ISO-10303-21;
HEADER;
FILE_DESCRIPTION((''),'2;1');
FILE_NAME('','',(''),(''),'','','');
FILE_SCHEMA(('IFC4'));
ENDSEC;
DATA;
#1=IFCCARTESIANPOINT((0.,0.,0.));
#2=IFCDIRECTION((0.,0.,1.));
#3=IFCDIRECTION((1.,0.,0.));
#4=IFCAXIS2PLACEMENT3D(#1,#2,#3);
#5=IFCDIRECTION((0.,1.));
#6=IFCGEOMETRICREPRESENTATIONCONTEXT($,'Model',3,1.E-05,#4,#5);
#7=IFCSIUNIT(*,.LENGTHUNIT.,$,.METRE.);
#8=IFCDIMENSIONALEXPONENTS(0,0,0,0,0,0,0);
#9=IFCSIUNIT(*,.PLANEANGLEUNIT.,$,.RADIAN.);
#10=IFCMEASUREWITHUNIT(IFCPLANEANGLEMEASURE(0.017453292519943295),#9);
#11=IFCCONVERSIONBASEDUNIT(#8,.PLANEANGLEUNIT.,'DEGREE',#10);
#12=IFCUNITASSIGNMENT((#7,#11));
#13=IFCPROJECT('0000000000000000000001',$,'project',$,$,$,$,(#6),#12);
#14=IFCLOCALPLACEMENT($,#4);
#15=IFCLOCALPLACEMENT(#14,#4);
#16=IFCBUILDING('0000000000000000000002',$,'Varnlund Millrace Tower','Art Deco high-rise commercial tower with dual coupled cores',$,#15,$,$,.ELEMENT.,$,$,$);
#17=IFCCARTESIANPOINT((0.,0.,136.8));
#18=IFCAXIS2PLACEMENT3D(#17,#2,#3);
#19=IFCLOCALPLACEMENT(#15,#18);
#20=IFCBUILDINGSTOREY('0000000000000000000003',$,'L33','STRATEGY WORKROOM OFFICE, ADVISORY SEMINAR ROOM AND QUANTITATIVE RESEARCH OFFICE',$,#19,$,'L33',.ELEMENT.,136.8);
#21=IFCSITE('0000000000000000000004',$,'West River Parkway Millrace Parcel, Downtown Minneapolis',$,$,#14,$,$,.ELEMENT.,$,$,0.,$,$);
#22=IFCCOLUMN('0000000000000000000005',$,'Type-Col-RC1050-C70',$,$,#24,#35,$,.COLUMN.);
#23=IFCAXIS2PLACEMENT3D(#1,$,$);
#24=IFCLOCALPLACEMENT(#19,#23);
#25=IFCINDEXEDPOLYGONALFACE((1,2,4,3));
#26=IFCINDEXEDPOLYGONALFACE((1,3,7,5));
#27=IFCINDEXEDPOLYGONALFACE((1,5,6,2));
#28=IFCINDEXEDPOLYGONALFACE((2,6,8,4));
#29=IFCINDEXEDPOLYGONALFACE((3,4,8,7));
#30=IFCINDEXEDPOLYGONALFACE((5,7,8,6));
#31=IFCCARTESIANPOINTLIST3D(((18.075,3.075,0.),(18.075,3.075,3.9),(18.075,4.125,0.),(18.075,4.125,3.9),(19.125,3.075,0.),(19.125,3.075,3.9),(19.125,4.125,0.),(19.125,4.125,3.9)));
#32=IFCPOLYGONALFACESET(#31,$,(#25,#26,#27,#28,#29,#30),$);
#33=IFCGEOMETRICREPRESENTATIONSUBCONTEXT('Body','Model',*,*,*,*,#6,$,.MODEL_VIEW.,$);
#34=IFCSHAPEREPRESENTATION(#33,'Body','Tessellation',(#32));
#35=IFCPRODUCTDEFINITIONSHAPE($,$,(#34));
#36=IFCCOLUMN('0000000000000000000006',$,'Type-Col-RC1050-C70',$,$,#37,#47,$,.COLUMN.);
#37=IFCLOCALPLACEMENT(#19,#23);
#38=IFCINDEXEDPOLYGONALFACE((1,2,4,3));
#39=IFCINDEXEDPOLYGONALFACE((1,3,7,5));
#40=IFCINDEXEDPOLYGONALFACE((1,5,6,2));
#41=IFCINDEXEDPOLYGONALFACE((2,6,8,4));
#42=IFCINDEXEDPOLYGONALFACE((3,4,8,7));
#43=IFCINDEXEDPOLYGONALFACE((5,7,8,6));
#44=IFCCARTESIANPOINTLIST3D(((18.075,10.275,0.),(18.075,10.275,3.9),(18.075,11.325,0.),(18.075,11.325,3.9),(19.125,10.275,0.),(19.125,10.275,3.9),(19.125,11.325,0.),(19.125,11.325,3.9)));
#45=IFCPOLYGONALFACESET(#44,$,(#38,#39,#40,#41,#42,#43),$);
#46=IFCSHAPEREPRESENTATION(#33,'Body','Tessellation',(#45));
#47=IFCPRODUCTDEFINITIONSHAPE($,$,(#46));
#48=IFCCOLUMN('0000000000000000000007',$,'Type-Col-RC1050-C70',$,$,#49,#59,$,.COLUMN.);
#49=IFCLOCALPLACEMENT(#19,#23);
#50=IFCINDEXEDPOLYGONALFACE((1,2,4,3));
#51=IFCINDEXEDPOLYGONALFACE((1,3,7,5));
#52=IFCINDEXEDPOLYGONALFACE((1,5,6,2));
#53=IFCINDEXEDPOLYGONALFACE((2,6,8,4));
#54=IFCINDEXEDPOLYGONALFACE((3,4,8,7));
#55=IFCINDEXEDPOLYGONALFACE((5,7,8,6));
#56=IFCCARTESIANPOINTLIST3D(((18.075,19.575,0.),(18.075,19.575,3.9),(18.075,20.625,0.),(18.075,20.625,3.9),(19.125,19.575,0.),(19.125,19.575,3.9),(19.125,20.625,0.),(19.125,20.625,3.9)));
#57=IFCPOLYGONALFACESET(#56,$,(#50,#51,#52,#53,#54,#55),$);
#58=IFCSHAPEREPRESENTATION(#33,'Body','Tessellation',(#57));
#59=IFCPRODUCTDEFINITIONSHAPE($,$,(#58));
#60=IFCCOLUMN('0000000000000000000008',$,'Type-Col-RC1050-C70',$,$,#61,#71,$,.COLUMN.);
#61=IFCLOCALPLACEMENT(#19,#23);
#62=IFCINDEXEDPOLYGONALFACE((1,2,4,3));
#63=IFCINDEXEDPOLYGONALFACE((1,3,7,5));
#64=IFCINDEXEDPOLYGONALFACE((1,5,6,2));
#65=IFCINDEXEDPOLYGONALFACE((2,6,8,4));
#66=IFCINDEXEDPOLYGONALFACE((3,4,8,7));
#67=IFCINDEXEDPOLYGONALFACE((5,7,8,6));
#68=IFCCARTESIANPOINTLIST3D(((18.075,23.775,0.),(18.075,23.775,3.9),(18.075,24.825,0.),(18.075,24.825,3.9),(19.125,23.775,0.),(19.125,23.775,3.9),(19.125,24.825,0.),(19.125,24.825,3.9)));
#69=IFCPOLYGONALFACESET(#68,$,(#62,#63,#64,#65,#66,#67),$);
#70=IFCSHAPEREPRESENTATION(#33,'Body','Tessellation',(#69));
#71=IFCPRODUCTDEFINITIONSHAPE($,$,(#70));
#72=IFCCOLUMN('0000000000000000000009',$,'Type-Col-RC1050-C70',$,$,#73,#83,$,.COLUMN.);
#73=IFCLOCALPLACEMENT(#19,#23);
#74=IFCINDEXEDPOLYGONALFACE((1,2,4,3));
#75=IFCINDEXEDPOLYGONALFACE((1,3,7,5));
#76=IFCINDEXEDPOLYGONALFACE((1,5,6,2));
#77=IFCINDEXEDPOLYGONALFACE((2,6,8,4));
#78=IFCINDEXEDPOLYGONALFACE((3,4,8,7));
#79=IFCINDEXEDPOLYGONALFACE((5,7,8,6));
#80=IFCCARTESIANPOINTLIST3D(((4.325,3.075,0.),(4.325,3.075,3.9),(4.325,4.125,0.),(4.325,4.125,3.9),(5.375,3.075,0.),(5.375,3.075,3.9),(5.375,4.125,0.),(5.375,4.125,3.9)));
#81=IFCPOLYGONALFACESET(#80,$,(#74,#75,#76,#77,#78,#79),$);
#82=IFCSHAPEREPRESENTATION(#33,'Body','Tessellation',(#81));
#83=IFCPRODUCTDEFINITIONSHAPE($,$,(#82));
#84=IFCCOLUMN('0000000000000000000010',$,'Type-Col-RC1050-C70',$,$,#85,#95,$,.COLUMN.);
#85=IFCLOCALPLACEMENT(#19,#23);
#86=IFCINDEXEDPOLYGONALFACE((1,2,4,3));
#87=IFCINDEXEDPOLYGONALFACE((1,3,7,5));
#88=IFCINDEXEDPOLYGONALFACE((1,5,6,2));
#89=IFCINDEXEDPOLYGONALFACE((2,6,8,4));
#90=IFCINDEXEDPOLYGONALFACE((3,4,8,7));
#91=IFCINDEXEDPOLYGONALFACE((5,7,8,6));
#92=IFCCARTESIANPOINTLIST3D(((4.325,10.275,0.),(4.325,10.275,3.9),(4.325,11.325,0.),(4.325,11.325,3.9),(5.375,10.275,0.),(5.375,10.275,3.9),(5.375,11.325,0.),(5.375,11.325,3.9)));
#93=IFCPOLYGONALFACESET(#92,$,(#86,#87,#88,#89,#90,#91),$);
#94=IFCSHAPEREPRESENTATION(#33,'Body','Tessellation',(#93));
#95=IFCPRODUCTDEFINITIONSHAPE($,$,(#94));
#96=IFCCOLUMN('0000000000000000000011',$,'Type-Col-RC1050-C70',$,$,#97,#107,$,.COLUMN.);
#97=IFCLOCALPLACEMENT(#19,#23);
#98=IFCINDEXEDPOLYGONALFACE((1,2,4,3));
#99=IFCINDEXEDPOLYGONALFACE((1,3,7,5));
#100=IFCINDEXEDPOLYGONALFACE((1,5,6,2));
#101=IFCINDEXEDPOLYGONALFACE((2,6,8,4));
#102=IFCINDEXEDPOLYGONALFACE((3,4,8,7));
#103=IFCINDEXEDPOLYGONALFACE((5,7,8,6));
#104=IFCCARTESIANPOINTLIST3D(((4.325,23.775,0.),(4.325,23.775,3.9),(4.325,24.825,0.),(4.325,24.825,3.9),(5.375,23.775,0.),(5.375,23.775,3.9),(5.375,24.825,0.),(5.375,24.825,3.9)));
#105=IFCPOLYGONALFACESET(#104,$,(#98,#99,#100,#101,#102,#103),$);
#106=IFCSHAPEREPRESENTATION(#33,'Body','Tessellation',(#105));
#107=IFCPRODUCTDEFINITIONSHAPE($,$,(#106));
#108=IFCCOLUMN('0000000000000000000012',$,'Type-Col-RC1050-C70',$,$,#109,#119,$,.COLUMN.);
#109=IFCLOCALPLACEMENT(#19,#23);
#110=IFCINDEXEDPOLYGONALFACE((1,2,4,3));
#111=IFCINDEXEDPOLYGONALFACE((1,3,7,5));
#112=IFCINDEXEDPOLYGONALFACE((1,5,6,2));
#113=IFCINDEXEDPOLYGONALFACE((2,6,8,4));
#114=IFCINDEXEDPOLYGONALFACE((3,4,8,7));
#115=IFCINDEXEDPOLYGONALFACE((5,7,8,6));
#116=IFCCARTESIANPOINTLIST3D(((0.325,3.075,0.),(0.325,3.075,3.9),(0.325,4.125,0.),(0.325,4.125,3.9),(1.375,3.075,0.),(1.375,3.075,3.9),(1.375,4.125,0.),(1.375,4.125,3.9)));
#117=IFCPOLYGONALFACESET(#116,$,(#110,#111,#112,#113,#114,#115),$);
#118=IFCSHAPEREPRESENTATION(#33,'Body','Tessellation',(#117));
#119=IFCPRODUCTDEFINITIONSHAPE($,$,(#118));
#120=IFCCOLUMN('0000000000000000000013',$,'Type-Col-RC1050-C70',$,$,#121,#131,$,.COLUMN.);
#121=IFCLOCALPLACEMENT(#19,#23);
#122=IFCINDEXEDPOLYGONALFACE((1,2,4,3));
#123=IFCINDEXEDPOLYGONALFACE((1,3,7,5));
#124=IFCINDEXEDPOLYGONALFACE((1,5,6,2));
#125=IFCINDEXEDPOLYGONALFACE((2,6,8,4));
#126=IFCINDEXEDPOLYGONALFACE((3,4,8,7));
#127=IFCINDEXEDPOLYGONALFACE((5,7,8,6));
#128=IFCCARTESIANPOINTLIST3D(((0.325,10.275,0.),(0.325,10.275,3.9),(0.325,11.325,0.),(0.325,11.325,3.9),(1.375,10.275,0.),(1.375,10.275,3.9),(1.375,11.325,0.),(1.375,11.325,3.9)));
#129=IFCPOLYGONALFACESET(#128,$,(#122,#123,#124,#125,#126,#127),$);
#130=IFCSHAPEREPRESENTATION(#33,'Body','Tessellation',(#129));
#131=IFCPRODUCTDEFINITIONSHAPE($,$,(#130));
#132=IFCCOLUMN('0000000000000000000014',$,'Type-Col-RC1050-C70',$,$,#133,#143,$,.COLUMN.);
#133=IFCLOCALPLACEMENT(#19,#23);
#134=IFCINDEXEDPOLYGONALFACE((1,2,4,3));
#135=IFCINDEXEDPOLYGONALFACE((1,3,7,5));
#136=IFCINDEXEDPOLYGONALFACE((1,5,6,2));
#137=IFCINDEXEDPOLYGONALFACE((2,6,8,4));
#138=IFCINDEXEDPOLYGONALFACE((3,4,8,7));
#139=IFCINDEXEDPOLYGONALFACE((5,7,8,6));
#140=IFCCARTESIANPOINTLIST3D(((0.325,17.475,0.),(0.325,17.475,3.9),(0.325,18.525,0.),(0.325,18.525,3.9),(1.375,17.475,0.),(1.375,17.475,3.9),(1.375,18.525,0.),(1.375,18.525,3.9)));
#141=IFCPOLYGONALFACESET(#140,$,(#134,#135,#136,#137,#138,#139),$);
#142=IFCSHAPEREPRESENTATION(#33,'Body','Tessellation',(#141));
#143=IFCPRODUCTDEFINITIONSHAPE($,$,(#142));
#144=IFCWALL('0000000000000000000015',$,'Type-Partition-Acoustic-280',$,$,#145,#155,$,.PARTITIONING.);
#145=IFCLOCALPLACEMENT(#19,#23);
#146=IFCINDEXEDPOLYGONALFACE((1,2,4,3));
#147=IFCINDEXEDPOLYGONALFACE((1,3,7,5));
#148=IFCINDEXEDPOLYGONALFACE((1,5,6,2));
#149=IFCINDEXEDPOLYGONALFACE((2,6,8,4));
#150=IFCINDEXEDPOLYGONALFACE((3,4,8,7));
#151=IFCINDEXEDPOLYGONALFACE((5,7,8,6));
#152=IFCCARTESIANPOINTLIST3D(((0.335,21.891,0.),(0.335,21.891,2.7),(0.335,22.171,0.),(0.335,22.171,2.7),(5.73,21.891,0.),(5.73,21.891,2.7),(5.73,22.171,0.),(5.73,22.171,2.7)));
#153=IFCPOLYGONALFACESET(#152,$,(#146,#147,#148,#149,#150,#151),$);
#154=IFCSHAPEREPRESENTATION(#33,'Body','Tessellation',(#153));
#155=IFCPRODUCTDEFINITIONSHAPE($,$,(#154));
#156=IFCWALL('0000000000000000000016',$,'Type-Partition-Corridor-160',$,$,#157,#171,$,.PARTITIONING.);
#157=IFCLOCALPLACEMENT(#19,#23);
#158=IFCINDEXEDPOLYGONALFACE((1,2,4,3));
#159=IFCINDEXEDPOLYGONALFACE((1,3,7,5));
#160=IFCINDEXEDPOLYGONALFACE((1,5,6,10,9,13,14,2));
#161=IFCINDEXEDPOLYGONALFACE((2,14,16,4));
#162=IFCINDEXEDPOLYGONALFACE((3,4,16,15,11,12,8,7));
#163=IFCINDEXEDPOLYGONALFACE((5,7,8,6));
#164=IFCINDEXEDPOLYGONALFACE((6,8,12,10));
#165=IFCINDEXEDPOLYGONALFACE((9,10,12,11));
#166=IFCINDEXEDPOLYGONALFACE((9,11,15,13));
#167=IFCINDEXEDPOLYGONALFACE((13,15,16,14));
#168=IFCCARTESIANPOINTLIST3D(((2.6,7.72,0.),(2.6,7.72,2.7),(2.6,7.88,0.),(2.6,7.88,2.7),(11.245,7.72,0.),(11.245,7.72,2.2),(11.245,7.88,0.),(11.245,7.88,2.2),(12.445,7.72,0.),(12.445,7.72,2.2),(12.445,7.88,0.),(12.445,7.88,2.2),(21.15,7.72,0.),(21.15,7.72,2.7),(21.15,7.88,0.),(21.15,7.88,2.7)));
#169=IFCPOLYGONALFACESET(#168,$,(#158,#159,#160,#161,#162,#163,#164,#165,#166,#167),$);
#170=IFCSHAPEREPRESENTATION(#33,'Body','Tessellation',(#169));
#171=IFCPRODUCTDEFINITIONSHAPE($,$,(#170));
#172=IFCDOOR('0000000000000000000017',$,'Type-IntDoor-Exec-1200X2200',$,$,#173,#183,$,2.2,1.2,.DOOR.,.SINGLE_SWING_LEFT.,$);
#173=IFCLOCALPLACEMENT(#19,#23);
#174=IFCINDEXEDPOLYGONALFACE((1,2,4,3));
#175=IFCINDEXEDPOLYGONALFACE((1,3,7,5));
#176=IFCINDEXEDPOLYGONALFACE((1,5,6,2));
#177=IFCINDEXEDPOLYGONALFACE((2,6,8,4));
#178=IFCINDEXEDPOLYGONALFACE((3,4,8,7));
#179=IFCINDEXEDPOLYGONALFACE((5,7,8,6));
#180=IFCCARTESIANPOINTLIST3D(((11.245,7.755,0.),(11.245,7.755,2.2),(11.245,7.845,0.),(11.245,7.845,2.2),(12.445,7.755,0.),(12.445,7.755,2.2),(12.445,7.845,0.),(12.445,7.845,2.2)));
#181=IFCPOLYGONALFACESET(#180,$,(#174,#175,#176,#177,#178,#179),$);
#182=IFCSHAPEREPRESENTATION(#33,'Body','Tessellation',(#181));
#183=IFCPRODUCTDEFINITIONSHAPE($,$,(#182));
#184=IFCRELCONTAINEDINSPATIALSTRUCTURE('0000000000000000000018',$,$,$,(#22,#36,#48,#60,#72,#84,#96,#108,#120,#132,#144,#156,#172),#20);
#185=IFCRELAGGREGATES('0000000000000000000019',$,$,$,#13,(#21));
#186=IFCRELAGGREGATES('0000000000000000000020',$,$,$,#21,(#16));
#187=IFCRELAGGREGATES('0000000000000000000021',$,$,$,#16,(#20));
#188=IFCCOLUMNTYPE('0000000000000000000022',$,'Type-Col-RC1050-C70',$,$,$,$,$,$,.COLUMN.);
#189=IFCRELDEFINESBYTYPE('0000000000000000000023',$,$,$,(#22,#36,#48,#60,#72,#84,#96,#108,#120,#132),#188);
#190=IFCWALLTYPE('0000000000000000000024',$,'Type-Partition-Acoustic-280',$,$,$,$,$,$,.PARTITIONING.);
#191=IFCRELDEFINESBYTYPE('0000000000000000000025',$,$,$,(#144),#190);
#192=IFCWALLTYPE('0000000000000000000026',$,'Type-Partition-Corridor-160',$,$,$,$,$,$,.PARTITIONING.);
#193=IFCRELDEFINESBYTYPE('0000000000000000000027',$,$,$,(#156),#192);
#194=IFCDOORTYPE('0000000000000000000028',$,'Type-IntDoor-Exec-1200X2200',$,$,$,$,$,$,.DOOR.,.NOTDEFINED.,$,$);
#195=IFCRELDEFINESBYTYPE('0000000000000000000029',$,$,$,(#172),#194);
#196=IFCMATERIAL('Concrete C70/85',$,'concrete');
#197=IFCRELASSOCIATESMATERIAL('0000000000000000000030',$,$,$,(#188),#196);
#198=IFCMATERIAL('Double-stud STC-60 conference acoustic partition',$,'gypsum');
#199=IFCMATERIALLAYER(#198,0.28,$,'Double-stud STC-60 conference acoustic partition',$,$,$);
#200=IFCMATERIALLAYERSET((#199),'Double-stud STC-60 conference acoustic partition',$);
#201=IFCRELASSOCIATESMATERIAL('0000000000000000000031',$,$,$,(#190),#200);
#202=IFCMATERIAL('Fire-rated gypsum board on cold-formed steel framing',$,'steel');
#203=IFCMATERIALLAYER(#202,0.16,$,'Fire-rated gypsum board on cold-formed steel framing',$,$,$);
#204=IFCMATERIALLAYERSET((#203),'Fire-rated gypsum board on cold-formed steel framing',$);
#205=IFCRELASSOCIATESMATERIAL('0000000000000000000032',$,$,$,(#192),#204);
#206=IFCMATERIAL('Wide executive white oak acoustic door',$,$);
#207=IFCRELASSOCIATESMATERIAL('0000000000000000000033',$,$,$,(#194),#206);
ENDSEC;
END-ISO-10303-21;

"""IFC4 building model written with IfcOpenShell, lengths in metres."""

from ifc_helpers import new_model, entity, si_unit, converted_unit, direction, frame, origin_with_axes, origin_2d_with_axis, place, context, subcontext, project, spatial, polyline, rectangle, outline, extrude, material, layer, layer_set, material_profile, profile_set, type_object, element, fill, save


model = new_model("IFC4")

# Units and contexts
model_context = context("Model", 3, precision=1e-05, world=origin_with_axes(), true_north=direction((0.0, 1.0)))
body_context = subcontext(model_context, "Body", "Model", "MODEL_VIEW")
ifc_project = project(units=[si_unit("LENGTHUNIT", "METRE"), converted_unit("PLANEANGLEUNIT", "DEGREE", entity("IfcPlaneAngleMeasure", 0.017453292519943295), si_unit("PLANEANGLEUNIT", "RADIAN"), dimensions=[0, 0, 0, 0, 0, 0, 0])], contexts=[model_context])

# Site, building, storey
site_placement = place(None, origin_with_axes())
site = spatial("IfcSite", under=ifc_project, at=site_placement, Name="West River Parkway Millrace Parcel, Downtown Minneapolis", CompositionType="ELEMENT", RefElevation=0.0)
building_placement = place(site_placement, origin_with_axes())
building = spatial("IfcBuilding", under=site, at=building_placement, Name="Varnlund Millrace Tower", Description="Art Deco high-rise commercial tower with dual coupled cores", CompositionType="ELEMENT")
storey_placement = place(building_placement, frame((0.0, 0.0, 136.8), z_axis=(0.0, 0.0, 1.0), x_axis=(1.0, 0.0, 0.0)))
storey = spatial("IfcBuildingStorey", under=building, at=storey_placement, Name="L33", Description="STRATEGY WORKROOM OFFICE, ADVISORY SEMINAR ROOM AND QUANTITATIVE RESEARCH OFFICE", LongName="L33", CompositionType="ELEMENT", Elevation=136.8)

# Columns
ifc_material_1 = material(Name="Concrete C70/85", Category="concrete")
ifc_material_profile = material_profile(ifc_material_1, rectangle(XDim=1.05, YDim=1.05, at=origin_2d_with_axis()), Name="Concrete C70/85")
ifc_profile_set = profile_set([ifc_material_profile], Name="Concrete C70/85")
column_type = type_object("IfcColumnType", Name="Type-Col-RC1050-C70", PredefinedType="COLUMN", material=ifc_profile_set)
for number, where, z_axis, x_axis, name in (
    (1, (18.6, 3.6, 0.0), (0.0, 0.0, 1.0), (1.0, 0.0, 0.0), "Type-Col-RC1050-C70"),
    (2, (18.6, 10.8, 0.0), (0.0, 0.0, 1.0), (1.0, 0.0, 0.0), "Type-Col-RC1050-C70"),
    (3, (18.6, 20.1, 0.0), (0.0, 0.0, 1.0), (1.0, 0.0, 0.0), "Type-Col-RC1050-C70"),
    (4, (18.6, 24.3, 0.0), (0.0, 0.0, 1.0), (1.0, 0.0, 0.0), "Type-Col-RC1050-C70"),
    (5, (4.85, 3.6, 0.0), (0.0, 0.0, 1.0), (1.0, 0.0, 0.0), "Type-Col-RC1050-C70"),
    (6, (4.85, 10.8, 0.0), (0.0, 0.0, 1.0), (1.0, 0.0, 0.0), "Type-Col-RC1050-C70"),
    (7, (4.85, 24.3, 0.0), (0.0, 0.0, 1.0), (1.0, 0.0, 0.0), "Type-Col-RC1050-C70"),
    (8, (0.85, 3.6, 0.0), (0.0, 0.0, 1.0), (1.0, 0.0, 0.0), "Type-Col-RC1050-C70"),
    (9, (0.85, 10.8, 0.0), (0.0, 0.0, 1.0), (1.0, 0.0, 0.0), "Type-Col-RC1050-C70"),
    (10, (0.85, 18.0, 0.0), (0.0, 0.0, 1.0), (1.0, 0.0, 0.0), "Type-Col-RC1050-C70"),
):
    element("IfcColumn", number, at=place(storey_placement, frame(where, z_axis=z_axis, x_axis=x_axis)), inside=storey, type_object=column_type, Name=name, PredefinedType="COLUMN", context=body_context, shape_type="SweptSolid", body=[
        extrude(rectangle(XDim=1.05, YDim=1.05, at=origin_2d_with_axis()), origin_with_axes(), (0.0, 0.0, 1.0), 3.9),
    ])

# Wall
ifc_material_2 = material(Name="Double-stud STC-60 conference acoustic partition", Category="gypsum")
ifc_layer_1 = layer(ifc_material_2, 0.28, Name="Double-stud STC-60 conference acoustic partition")
ifc_layer_set_1 = layer_set([ifc_layer_1], Name="Double-stud STC-60 conference acoustic partition")
wall_type_1 = type_object("IfcWallType", Name="Type-Partition-Acoustic-280", PredefinedType="PARTITIONING", material=ifc_layer_set_1)
wall_1_placement = place(storey_placement, frame((0.335, 22.031, 0.0), z_axis=(0.0, 0.0, 1.0), x_axis=(1.0, 0.0, 0.0)))
element("IfcWall", 11, at=wall_1_placement, inside=storey, type_object=wall_type_1, Name="Type-Partition-Acoustic-280", PredefinedType="PARTITIONING", context=body_context, shape_type="SweptSolid", body=[
    extrude(outline(polyline([(0.0, -0.14), (5.395, -0.14), (5.395, 0.14), (0.0, 0.14), (0.0, -0.14)])), origin_with_axes(), (0.0, 0.0, 1.0), 2.7),
])

# Wall, opening, door
ifc_material_3 = material(Name="Fire-rated gypsum board on cold-formed steel framing", Category="steel")
ifc_layer_2 = layer(ifc_material_3, 0.16, Name="Fire-rated gypsum board on cold-formed steel framing")
ifc_layer_set_2 = layer_set([ifc_layer_2], Name="Fire-rated gypsum board on cold-formed steel framing")
wall_type_2 = type_object("IfcWallType", Name="Type-Partition-Corridor-160", PredefinedType="PARTITIONING", material=ifc_layer_set_2)
wall_2_placement = place(storey_placement, frame((2.6, 7.8, 0.0), z_axis=(0.0, 0.0, 1.0), x_axis=(1.0, 0.0, 0.0)))
wall_2 = element("IfcWall", 12, at=wall_2_placement, inside=storey, type_object=wall_type_2, Name="Type-Partition-Corridor-160", PredefinedType="PARTITIONING", context=body_context, shape_type="SweptSolid", body=[
    extrude(outline(polyline([(0.0, -0.08), (18.55, -0.08), (18.55, 0.08), (0.0, 0.08), (0.0, -0.08)])), origin_with_axes(), (0.0, 0.0, 1.0), 2.7),
])
opening_1_placement = place(wall_2_placement, frame((9.245, 0.0, 0.0), z_axis=(0.0, 0.0, 1.0), x_axis=(1.0, 0.0, 0.0)))
opening_1 = element("IfcOpeningElement", 13, at=opening_1_placement, cuts=wall_2, PredefinedType="OPENING", context=body_context, shape_type="SweptSolid", body=[
    extrude(rectangle(XDim=1.2, YDim=0.18, at=origin_2d_with_axis()), origin_with_axes(), (0.0, 0.0, 1.0), 2.2),
])
ifc_material_4 = material(Name="Wide executive white oak acoustic door")
door_type_1 = type_object("IfcDoorType", Name="Type-IntDoor-Exec-1200X2200", OperationType="NOTDEFINED", PredefinedType="DOOR", material=ifc_material_4)
door_1_placement = place(wall_2_placement, frame((9.245, 0.0, 0.0), z_axis=(0.0, 0.0, 1.0), x_axis=(1.0, 0.0, 0.0)))
door_1 = element("IfcDoor", 14, at=door_1_placement, inside=storey, type_object=door_type_1, Name="Type-IntDoor-Exec-1200X2200", OperationType="SINGLE_SWING_LEFT", OverallHeight=2.2, OverallWidth=1.2, PredefinedType="DOOR", context=body_context, shape_type="SweptSolid", body=[
    extrude(rectangle(XDim=1.2, YDim=0.09, at=origin_2d_with_axis()), origin_with_axes(), (0.0, 0.0, 1.0), 2.2),
])
fill(opening_1, door_1)

save(model, "model.ifc")
